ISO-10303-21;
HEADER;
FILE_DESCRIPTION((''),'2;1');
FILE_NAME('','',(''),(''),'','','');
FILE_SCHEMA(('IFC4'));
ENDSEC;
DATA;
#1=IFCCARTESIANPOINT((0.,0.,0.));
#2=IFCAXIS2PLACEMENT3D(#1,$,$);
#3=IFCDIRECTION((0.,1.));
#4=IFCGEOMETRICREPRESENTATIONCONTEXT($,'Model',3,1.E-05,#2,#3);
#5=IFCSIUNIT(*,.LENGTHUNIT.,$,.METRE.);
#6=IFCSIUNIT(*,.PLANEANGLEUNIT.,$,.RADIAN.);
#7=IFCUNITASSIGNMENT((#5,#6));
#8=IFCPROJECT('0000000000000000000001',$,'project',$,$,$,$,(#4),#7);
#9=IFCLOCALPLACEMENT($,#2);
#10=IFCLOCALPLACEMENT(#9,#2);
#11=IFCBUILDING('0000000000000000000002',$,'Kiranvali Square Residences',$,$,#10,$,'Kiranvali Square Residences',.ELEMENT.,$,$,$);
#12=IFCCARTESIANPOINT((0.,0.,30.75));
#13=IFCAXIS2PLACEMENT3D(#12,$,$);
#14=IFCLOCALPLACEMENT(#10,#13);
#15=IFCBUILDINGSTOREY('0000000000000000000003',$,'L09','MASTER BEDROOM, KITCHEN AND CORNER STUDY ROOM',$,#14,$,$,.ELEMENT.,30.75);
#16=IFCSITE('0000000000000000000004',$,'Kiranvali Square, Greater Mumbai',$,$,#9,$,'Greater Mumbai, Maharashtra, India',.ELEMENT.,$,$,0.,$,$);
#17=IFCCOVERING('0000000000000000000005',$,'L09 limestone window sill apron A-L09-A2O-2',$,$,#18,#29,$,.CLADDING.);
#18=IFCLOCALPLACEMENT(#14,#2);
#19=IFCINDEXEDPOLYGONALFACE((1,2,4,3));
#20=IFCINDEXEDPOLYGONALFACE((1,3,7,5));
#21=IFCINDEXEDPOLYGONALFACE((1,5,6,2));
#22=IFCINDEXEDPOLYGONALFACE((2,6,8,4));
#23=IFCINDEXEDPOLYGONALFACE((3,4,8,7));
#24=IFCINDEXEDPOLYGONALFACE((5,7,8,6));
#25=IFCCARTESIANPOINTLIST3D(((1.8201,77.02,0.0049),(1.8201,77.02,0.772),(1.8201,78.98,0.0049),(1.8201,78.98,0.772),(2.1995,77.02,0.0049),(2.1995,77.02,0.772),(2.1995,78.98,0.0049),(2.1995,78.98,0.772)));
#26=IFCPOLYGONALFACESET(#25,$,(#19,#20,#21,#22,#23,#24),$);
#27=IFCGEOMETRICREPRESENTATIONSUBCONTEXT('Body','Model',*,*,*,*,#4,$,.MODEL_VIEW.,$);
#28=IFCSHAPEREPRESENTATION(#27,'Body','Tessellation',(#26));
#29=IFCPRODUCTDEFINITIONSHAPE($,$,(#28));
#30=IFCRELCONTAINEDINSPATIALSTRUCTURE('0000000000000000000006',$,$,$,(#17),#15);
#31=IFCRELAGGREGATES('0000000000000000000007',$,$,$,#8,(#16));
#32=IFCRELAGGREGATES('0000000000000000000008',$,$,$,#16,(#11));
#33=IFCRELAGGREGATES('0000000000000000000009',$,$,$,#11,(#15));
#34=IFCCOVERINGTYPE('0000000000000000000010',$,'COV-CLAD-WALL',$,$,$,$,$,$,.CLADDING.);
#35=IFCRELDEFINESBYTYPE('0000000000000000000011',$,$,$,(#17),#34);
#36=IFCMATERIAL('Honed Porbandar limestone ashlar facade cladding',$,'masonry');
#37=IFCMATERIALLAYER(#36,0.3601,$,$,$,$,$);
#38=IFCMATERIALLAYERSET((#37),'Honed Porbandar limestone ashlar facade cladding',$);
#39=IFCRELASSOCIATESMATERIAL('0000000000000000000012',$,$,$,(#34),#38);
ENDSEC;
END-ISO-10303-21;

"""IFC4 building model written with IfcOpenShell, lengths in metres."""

from ifc_helpers import new_model, si_unit, direction, frame, origin, place, context, subcontext, project, spatial, polyline, outline, extrude, material, layer, layer_set, type_object, element, save


model = new_model("IFC4")

# Units and contexts
model_context = context("Model", 3, precision=1e-05, world=origin(), true_north=direction((0.0, 1.0)))
body_context = subcontext(model_context, "Body", "Model", "MODEL_VIEW")
ifc_project = project(units=[si_unit("LENGTHUNIT", "METRE"), si_unit("PLANEANGLEUNIT", "RADIAN")], contexts=[model_context])

# Site, building, storey
site_placement = place(None, origin())
site = spatial("IfcSite", under=ifc_project, at=site_placement, Name="Kiranvali Square, Greater Mumbai", LongName="Greater Mumbai, Maharashtra, India", CompositionType="ELEMENT", RefElevation=0.0)
building_placement = place(site_placement, origin())
building = spatial("IfcBuilding", under=site, at=building_placement, Name="Kiranvali Square Residences", LongName="Kiranvali Square Residences", CompositionType="ELEMENT")
storey_placement = place(building_placement, frame((0.0, 0.0, 30.75)))
storey = spatial("IfcBuildingStorey", under=building, at=storey_placement, Name="L09", Description="MASTER BEDROOM, KITCHEN AND CORNER STUDY ROOM", CompositionType="ELEMENT", Elevation=30.75)

# Covering
ifc_material = material(Name="Honed Porbandar limestone ashlar facade cladding", Category="masonry")
ifc_layer_1 = layer(ifc_material, 0.3601)
ifc_layer_set_1 = layer_set([ifc_layer_1], Name="Honed Porbandar limestone ashlar facade cladding")
covering_type_1 = type_object("IfcCoveringType", Name="COV-CLAD-WALL", PredefinedType="CLADDING", material=ifc_layer_set_1)
covering_1_placement = place(storey_placement, frame((0.0, 0.0, 0.0049)))
element("IfcCovering", 1, at=covering_1_placement, inside=storey, type_object=covering_type_1, Name="L09 limestone window sill apron A-L09-A2O-2", PredefinedType="CLADDING", context=body_context, shape_type="SweptSolid", body=[
    extrude(outline(polyline([(1.8201, 78.98), (1.8201, 77.02), (2.1995, 77.02), (2.1995, 78.98), (1.8201, 78.98)])), origin(), (0.0, 0.0, 1.0), 0.7671),
])

save(model, "model.ifc")
